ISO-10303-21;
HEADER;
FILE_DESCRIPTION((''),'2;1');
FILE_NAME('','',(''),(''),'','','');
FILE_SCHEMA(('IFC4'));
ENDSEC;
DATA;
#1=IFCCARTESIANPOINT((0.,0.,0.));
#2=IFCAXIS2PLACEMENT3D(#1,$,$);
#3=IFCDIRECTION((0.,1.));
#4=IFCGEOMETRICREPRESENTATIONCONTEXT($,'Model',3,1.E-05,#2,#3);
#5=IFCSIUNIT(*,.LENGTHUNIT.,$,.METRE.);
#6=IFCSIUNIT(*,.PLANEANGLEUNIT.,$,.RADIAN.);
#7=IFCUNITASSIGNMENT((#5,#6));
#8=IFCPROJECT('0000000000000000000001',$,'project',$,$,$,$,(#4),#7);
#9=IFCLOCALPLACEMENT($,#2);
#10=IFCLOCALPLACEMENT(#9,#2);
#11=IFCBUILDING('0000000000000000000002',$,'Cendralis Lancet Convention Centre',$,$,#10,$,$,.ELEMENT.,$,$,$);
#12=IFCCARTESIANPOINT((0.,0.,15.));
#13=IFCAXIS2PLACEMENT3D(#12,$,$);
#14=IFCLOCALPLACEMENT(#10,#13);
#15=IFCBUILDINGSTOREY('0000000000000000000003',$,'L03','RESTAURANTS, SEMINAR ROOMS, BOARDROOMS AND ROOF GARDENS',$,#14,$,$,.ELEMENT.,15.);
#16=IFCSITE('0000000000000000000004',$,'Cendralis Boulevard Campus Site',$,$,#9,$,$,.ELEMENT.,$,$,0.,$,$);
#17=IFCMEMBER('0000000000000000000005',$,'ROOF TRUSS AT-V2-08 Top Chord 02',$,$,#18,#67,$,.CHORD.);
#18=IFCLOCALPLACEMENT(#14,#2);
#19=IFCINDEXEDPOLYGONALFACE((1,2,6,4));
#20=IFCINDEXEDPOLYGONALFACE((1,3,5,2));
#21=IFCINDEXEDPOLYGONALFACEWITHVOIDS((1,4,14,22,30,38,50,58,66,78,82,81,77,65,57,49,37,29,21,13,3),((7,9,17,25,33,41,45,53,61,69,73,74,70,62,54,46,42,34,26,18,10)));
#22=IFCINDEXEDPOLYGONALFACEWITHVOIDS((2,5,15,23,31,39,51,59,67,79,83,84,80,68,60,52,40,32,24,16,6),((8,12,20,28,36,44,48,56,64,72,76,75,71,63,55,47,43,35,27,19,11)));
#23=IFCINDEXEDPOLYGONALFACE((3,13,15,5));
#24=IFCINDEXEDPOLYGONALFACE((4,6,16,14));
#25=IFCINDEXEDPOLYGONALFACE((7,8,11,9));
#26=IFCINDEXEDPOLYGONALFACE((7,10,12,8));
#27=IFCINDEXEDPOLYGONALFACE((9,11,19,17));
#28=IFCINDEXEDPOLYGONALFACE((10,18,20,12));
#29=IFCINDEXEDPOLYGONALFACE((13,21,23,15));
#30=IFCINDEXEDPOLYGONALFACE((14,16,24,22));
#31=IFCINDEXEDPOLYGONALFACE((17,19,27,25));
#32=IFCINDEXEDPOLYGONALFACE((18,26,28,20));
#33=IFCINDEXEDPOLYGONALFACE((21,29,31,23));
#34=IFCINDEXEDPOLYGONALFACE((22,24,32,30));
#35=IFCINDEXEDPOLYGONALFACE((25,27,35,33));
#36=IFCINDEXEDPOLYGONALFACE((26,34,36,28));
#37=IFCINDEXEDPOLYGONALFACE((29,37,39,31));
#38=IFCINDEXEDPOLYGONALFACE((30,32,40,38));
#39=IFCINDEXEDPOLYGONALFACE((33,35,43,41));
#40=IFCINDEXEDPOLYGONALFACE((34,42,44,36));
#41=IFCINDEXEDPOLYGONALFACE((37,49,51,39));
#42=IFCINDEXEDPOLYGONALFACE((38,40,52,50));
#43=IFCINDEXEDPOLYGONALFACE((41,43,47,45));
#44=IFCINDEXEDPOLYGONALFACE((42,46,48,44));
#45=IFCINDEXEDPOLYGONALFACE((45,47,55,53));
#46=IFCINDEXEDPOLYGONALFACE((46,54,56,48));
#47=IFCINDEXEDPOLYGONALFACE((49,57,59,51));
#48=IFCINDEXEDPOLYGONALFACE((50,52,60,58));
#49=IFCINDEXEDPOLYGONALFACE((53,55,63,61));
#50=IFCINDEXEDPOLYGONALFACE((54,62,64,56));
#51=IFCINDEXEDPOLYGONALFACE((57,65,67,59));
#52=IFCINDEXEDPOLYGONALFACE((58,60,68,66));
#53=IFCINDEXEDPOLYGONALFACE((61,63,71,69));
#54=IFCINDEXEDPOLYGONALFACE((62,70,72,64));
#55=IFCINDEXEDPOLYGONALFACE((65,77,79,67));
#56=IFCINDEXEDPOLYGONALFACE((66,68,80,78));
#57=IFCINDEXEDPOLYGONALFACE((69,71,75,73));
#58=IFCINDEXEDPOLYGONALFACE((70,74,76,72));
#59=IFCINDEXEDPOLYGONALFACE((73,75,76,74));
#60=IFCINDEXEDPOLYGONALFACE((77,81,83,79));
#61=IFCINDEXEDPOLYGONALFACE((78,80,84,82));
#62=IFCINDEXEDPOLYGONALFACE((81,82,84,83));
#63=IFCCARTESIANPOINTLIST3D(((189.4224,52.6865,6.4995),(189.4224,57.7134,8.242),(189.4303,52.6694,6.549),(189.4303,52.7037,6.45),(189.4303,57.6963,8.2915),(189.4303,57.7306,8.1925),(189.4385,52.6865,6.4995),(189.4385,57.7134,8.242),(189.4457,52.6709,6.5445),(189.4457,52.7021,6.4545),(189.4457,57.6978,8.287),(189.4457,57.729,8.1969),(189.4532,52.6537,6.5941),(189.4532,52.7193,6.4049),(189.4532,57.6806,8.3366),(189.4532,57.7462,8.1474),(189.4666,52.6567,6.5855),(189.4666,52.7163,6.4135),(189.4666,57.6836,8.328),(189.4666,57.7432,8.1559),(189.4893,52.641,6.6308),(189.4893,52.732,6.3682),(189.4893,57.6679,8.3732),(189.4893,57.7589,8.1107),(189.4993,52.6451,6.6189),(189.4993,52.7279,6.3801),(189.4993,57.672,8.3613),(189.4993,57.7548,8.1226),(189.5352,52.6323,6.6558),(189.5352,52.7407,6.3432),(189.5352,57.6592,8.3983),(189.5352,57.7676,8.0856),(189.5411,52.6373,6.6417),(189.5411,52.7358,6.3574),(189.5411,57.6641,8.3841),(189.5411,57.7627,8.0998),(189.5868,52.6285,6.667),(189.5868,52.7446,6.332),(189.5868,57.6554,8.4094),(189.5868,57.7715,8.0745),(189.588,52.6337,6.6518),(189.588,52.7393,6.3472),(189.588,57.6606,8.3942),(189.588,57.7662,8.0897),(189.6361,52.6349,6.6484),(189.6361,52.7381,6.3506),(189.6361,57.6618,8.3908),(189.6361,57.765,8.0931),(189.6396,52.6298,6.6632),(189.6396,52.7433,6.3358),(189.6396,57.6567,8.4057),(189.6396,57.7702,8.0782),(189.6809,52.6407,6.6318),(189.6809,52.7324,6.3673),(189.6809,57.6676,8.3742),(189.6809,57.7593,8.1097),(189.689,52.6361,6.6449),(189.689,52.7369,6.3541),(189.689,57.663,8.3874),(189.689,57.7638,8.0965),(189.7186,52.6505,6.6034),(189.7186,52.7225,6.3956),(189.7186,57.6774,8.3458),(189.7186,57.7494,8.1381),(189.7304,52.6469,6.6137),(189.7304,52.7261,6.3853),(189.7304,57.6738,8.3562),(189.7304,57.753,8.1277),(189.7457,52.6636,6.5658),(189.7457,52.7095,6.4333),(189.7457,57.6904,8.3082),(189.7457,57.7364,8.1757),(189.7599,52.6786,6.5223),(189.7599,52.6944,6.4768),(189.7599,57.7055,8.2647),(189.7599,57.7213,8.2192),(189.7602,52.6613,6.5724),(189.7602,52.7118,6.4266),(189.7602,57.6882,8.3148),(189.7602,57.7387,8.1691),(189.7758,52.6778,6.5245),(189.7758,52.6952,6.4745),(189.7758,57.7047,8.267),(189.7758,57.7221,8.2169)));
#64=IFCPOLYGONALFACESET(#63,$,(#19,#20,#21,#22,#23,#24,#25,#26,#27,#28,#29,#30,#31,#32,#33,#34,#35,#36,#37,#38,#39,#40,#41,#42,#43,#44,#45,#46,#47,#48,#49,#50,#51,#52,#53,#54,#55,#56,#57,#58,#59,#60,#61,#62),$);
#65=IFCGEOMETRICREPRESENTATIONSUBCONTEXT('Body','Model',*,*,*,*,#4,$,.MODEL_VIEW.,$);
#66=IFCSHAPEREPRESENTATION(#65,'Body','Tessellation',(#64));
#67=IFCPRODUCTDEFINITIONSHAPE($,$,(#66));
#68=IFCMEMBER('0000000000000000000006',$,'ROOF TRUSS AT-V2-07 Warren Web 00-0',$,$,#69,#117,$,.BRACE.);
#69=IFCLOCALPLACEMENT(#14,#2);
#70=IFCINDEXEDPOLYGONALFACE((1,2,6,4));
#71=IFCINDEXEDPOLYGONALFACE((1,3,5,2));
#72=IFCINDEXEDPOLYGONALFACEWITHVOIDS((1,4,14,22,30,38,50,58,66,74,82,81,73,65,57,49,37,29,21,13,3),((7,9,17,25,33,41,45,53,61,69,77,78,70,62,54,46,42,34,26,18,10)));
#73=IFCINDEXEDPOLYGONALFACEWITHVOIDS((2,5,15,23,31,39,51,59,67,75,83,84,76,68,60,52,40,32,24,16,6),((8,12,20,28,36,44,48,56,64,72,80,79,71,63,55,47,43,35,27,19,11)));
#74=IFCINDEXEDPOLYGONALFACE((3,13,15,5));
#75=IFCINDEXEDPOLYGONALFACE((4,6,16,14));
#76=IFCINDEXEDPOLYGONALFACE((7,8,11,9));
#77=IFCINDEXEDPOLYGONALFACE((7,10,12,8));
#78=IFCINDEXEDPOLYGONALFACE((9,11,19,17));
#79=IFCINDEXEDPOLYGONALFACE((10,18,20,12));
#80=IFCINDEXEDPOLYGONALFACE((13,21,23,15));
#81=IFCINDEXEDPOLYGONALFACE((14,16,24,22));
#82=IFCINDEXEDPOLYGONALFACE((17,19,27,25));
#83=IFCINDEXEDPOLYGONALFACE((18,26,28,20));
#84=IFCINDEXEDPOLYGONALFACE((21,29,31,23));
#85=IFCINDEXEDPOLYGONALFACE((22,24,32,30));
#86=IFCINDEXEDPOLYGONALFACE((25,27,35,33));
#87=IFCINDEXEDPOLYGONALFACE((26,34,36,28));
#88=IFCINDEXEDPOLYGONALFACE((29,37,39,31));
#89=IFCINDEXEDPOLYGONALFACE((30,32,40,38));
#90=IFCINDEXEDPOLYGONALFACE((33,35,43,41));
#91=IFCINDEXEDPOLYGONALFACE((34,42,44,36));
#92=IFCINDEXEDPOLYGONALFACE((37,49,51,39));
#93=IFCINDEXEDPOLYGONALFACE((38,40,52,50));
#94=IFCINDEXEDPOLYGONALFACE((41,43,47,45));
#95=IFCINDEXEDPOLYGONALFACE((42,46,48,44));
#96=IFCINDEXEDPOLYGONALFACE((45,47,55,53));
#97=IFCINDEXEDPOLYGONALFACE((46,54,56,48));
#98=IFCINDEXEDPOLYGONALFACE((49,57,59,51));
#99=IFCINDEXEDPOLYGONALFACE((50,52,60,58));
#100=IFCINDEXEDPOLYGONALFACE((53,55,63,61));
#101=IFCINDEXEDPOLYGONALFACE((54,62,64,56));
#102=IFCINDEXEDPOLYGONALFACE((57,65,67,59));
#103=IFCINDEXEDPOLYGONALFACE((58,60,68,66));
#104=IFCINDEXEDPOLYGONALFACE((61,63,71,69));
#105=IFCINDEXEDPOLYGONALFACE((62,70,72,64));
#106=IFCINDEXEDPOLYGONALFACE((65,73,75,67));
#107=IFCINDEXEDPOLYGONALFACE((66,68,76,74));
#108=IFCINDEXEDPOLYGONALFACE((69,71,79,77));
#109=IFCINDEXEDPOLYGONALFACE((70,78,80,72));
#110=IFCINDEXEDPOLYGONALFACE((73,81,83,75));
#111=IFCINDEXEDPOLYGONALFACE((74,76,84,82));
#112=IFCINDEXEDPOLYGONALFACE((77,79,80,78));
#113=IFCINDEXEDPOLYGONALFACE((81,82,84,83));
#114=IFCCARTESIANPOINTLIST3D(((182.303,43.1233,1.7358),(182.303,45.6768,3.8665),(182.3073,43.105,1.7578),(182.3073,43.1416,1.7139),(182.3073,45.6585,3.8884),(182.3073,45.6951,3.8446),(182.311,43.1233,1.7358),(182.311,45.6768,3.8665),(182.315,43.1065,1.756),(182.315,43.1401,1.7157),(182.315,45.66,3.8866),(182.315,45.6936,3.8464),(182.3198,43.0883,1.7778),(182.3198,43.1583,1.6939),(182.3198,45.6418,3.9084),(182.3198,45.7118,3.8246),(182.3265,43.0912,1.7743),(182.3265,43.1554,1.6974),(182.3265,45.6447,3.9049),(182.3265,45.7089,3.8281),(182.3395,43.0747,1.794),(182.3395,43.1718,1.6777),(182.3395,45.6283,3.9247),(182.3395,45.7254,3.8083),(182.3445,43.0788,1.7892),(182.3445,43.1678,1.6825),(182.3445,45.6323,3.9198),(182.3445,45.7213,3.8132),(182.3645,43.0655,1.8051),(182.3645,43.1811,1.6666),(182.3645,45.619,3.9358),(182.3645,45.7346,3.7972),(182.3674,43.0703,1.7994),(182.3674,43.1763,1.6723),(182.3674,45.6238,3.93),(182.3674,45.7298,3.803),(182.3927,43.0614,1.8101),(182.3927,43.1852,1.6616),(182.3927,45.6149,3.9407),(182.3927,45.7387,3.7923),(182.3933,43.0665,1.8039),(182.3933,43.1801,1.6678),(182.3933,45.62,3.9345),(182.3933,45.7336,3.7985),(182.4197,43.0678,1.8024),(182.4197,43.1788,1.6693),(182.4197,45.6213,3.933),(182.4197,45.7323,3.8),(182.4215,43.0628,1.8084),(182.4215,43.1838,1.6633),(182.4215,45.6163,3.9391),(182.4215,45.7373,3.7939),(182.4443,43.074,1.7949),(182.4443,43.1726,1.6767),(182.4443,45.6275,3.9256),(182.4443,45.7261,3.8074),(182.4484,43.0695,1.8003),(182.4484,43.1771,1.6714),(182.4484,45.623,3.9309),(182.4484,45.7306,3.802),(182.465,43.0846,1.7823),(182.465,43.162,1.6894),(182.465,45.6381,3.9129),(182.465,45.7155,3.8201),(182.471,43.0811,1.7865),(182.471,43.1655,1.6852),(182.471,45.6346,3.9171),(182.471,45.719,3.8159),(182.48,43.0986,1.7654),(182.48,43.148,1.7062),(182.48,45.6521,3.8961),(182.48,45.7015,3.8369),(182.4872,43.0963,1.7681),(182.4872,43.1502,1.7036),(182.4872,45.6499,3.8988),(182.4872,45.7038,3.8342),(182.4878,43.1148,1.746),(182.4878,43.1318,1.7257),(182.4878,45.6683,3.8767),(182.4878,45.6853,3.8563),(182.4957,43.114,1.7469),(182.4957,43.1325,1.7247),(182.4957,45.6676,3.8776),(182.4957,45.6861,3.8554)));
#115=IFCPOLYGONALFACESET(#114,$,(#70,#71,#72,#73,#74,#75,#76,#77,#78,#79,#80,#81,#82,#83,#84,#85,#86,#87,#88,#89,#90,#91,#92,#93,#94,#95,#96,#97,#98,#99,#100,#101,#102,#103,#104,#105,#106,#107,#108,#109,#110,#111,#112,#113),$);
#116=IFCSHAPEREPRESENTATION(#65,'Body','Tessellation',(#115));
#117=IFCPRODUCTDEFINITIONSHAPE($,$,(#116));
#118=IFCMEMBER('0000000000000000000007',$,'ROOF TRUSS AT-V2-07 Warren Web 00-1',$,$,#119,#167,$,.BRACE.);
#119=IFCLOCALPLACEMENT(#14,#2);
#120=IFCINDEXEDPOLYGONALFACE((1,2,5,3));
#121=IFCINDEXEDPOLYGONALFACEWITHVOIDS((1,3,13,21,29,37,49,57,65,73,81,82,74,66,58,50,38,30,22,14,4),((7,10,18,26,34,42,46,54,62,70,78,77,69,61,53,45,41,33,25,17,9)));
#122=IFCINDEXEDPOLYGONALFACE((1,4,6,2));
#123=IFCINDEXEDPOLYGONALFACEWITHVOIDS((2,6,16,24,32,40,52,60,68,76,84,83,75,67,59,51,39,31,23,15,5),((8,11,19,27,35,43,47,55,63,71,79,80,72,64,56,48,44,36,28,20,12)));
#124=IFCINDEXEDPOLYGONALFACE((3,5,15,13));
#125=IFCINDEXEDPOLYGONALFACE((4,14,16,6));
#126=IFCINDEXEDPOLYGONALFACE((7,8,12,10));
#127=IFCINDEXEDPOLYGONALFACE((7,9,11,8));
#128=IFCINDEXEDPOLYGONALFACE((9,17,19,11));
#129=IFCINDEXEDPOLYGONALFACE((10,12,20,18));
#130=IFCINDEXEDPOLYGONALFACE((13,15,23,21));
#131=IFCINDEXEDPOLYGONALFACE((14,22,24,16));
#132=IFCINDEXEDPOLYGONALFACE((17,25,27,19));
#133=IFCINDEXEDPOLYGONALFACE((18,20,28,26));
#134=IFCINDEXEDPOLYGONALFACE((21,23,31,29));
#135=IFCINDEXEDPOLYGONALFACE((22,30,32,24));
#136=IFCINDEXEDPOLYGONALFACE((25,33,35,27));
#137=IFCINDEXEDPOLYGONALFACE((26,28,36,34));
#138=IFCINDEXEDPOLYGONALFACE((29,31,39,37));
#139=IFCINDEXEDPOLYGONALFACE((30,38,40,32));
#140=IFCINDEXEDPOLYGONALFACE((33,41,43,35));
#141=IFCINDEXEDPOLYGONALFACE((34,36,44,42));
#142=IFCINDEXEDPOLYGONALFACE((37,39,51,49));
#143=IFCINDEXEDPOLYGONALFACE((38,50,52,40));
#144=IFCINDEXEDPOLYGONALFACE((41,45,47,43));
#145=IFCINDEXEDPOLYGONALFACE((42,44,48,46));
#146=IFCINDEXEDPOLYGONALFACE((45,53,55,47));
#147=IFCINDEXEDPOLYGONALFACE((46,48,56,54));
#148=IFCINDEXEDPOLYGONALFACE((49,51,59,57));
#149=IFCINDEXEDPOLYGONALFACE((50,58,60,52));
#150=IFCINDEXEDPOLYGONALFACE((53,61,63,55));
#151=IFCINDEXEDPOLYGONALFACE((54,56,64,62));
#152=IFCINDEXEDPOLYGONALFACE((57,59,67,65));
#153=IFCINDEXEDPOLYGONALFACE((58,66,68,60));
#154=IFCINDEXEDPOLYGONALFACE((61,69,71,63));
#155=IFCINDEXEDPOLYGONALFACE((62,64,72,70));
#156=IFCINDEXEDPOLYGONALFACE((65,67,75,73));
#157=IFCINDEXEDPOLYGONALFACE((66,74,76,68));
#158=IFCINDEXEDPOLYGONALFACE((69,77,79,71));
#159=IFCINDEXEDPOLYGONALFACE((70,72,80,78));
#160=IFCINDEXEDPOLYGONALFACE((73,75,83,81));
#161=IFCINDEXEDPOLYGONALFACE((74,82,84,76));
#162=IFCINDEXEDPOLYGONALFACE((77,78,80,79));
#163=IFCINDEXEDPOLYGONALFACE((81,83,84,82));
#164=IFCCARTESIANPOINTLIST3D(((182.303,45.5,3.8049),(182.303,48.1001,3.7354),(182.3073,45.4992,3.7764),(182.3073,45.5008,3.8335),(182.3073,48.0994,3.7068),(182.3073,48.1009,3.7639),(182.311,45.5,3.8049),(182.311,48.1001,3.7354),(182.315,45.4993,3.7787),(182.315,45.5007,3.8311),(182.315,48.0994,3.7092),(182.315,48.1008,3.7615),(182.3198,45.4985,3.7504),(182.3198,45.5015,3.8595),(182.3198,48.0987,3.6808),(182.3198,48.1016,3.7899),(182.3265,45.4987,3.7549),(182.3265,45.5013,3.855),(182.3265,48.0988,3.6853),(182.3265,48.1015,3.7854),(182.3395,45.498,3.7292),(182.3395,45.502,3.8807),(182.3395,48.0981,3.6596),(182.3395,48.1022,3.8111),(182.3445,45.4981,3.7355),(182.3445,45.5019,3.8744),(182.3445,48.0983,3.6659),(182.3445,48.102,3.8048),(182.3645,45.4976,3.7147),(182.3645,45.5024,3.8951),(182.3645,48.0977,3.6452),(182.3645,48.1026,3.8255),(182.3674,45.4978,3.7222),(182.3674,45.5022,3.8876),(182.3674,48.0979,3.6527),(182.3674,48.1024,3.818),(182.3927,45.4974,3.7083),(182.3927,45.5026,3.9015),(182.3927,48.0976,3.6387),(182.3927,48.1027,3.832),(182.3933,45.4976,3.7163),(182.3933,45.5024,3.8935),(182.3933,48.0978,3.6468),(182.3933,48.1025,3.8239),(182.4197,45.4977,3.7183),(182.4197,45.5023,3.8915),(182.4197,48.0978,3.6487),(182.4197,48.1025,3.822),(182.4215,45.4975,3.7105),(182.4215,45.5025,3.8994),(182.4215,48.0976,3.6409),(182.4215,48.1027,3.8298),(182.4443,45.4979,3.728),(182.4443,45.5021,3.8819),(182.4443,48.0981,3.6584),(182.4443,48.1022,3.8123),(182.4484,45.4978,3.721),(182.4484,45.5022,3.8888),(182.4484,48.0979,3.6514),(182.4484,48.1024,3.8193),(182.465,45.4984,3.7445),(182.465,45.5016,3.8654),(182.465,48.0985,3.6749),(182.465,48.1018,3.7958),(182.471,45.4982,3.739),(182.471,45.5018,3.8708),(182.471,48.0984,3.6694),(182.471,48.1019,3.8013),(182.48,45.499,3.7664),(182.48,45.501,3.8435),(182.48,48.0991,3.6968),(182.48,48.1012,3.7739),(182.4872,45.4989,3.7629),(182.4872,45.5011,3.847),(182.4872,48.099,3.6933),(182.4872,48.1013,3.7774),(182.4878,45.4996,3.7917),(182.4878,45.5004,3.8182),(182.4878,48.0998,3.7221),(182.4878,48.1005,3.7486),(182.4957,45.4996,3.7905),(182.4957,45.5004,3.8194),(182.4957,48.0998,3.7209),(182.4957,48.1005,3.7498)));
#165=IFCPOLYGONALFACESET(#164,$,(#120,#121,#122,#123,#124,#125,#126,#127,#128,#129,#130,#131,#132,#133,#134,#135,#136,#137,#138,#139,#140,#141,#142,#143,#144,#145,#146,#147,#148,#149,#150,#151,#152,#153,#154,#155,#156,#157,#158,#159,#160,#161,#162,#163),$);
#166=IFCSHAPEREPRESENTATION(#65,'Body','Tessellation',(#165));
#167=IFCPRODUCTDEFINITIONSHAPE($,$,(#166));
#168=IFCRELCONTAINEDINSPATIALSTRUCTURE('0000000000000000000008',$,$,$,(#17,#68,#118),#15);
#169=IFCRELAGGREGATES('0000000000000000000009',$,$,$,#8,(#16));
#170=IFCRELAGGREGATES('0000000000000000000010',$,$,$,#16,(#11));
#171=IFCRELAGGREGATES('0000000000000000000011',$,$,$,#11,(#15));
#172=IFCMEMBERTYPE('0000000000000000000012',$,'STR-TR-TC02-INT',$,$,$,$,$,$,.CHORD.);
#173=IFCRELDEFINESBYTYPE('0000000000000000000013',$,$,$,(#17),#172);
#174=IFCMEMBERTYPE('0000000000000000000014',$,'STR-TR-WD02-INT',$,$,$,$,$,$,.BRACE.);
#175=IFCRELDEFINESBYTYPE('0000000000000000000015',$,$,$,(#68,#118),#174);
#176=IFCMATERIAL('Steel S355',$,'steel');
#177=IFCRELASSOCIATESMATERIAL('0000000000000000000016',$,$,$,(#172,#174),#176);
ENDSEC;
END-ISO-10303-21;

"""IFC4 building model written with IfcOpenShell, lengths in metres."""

from ifc_helpers import new_model, si_unit, direction, frame, origin, origin_2d, place, context, subcontext, project, spatial, hollow_circle, extrude, material, material_profile, profile_set, type_object, element, save


model = new_model("IFC4")

# Units and contexts
model_context = context("Model", 3, precision=1e-05, world=origin(), true_north=direction((0.0, 1.0)))
body_context = subcontext(model_context, "Body", "Model", "MODEL_VIEW")
ifc_project = project(units=[si_unit("LENGTHUNIT", "METRE"), si_unit("PLANEANGLEUNIT", "RADIAN")], contexts=[model_context])

# Site, building, storey
site_placement = place(None, origin())
site = spatial("IfcSite", under=ifc_project, at=site_placement, Name="Cendralis Boulevard Campus Site", CompositionType="ELEMENT", RefElevation=0.0)
building_placement = place(site_placement, origin())
building = spatial("IfcBuilding", under=site, at=building_placement, Name="Cendralis Lancet Convention Centre", CompositionType="ELEMENT")
storey_placement = place(building_placement, frame((0.0, 0.0, 15.0)))
storey = spatial("IfcBuildingStorey", under=building, at=storey_placement, Name="L03", Description="RESTAURANTS, SEMINAR ROOMS, BOARDROOMS AND ROOF GARDENS", CompositionType="ELEMENT", Elevation=15.0)

# Shared definitions
ifc_material_1 = material(Name="Steel S355", Category="steel")

# Members
ifc_material_profile_1 = material_profile(ifc_material_1, hollow_circle(Radius=0.1777, WallThickness=0.0161, at=origin_2d()), Name="CHS 355.6x16.0")
ifc_profile_set_1 = profile_set([ifc_material_profile_1], Name="Steel S355")
member_type_1 = type_object("IfcMemberType", Name="STR-TR-TC02-INT", PredefinedType="CHORD", material=ifc_profile_set_1)
member_1_placement = place(storey_placement, frame((189.6001, 52.6865, 6.4995), z_axis=(0.0, 0.944849, 0.327508), x_axis=(-1.0, 0.0, 0.0)))
element("IfcMember", 1, at=member_1_placement, inside=storey, type_object=member_type_1, Name="ROOF TRUSS AT-V2-08 Top Chord 02", PredefinedType="CHORD", context=body_context, shape_type="SweptSolid", body=[
    extrude(hollow_circle(Radius=0.1777, WallThickness=0.0161, at=origin_2d()), origin(), (0.0, 0.0, 1.0), 5.3203),
])
ifc_material_profile_2 = material_profile(ifc_material_1, hollow_circle(Radius=0.0969, WallThickness=0.0081, at=origin_2d()), Name="CHS 193.7x8.0")
ifc_profile_set_2 = profile_set([ifc_material_profile_2], Name="Steel S355")
member_type_2 = type_object("IfcMemberType", Name="STR-TR-WD02-INT", PredefinedType="BRACE", material=ifc_profile_set_2)
member_2_placement = place(storey_placement, frame((182.3999, 43.1233, 1.7358), z_axis=(0.0, 0.767818, 0.640668), x_axis=(-1.0, 0.0, 0.0)))
element("IfcMember", 2, at=member_2_placement, inside=storey, type_object=member_type_2, Name="ROOF TRUSS AT-V2-07 Warren Web 00-0", PredefinedType="BRACE", context=body_context, shape_type="SweptSolid", body=[
    extrude(hollow_circle(Radius=0.0969, WallThickness=0.0081, at=origin_2d()), origin(), (0.0, 0.0, 1.0), 3.3257),
])
member_3_placement = place(storey_placement, frame((182.3999, 45.5, 3.8049), z_axis=(0.0, 0.999642, -0.026751), x_axis=(-1.0, 0.0, 0.0)))
element("IfcMember", 3, at=member_3_placement, inside=storey, type_object=member_type_2, Name="ROOF TRUSS AT-V2-07 Warren Web 00-1", PredefinedType="BRACE", context=body_context, shape_type="SweptSolid", body=[
    extrude(hollow_circle(Radius=0.0969, WallThickness=0.0081, at=origin_2d()), origin(), (0.0, 0.0, 1.0), 2.6011),
])

save(model, "model.ifc")
